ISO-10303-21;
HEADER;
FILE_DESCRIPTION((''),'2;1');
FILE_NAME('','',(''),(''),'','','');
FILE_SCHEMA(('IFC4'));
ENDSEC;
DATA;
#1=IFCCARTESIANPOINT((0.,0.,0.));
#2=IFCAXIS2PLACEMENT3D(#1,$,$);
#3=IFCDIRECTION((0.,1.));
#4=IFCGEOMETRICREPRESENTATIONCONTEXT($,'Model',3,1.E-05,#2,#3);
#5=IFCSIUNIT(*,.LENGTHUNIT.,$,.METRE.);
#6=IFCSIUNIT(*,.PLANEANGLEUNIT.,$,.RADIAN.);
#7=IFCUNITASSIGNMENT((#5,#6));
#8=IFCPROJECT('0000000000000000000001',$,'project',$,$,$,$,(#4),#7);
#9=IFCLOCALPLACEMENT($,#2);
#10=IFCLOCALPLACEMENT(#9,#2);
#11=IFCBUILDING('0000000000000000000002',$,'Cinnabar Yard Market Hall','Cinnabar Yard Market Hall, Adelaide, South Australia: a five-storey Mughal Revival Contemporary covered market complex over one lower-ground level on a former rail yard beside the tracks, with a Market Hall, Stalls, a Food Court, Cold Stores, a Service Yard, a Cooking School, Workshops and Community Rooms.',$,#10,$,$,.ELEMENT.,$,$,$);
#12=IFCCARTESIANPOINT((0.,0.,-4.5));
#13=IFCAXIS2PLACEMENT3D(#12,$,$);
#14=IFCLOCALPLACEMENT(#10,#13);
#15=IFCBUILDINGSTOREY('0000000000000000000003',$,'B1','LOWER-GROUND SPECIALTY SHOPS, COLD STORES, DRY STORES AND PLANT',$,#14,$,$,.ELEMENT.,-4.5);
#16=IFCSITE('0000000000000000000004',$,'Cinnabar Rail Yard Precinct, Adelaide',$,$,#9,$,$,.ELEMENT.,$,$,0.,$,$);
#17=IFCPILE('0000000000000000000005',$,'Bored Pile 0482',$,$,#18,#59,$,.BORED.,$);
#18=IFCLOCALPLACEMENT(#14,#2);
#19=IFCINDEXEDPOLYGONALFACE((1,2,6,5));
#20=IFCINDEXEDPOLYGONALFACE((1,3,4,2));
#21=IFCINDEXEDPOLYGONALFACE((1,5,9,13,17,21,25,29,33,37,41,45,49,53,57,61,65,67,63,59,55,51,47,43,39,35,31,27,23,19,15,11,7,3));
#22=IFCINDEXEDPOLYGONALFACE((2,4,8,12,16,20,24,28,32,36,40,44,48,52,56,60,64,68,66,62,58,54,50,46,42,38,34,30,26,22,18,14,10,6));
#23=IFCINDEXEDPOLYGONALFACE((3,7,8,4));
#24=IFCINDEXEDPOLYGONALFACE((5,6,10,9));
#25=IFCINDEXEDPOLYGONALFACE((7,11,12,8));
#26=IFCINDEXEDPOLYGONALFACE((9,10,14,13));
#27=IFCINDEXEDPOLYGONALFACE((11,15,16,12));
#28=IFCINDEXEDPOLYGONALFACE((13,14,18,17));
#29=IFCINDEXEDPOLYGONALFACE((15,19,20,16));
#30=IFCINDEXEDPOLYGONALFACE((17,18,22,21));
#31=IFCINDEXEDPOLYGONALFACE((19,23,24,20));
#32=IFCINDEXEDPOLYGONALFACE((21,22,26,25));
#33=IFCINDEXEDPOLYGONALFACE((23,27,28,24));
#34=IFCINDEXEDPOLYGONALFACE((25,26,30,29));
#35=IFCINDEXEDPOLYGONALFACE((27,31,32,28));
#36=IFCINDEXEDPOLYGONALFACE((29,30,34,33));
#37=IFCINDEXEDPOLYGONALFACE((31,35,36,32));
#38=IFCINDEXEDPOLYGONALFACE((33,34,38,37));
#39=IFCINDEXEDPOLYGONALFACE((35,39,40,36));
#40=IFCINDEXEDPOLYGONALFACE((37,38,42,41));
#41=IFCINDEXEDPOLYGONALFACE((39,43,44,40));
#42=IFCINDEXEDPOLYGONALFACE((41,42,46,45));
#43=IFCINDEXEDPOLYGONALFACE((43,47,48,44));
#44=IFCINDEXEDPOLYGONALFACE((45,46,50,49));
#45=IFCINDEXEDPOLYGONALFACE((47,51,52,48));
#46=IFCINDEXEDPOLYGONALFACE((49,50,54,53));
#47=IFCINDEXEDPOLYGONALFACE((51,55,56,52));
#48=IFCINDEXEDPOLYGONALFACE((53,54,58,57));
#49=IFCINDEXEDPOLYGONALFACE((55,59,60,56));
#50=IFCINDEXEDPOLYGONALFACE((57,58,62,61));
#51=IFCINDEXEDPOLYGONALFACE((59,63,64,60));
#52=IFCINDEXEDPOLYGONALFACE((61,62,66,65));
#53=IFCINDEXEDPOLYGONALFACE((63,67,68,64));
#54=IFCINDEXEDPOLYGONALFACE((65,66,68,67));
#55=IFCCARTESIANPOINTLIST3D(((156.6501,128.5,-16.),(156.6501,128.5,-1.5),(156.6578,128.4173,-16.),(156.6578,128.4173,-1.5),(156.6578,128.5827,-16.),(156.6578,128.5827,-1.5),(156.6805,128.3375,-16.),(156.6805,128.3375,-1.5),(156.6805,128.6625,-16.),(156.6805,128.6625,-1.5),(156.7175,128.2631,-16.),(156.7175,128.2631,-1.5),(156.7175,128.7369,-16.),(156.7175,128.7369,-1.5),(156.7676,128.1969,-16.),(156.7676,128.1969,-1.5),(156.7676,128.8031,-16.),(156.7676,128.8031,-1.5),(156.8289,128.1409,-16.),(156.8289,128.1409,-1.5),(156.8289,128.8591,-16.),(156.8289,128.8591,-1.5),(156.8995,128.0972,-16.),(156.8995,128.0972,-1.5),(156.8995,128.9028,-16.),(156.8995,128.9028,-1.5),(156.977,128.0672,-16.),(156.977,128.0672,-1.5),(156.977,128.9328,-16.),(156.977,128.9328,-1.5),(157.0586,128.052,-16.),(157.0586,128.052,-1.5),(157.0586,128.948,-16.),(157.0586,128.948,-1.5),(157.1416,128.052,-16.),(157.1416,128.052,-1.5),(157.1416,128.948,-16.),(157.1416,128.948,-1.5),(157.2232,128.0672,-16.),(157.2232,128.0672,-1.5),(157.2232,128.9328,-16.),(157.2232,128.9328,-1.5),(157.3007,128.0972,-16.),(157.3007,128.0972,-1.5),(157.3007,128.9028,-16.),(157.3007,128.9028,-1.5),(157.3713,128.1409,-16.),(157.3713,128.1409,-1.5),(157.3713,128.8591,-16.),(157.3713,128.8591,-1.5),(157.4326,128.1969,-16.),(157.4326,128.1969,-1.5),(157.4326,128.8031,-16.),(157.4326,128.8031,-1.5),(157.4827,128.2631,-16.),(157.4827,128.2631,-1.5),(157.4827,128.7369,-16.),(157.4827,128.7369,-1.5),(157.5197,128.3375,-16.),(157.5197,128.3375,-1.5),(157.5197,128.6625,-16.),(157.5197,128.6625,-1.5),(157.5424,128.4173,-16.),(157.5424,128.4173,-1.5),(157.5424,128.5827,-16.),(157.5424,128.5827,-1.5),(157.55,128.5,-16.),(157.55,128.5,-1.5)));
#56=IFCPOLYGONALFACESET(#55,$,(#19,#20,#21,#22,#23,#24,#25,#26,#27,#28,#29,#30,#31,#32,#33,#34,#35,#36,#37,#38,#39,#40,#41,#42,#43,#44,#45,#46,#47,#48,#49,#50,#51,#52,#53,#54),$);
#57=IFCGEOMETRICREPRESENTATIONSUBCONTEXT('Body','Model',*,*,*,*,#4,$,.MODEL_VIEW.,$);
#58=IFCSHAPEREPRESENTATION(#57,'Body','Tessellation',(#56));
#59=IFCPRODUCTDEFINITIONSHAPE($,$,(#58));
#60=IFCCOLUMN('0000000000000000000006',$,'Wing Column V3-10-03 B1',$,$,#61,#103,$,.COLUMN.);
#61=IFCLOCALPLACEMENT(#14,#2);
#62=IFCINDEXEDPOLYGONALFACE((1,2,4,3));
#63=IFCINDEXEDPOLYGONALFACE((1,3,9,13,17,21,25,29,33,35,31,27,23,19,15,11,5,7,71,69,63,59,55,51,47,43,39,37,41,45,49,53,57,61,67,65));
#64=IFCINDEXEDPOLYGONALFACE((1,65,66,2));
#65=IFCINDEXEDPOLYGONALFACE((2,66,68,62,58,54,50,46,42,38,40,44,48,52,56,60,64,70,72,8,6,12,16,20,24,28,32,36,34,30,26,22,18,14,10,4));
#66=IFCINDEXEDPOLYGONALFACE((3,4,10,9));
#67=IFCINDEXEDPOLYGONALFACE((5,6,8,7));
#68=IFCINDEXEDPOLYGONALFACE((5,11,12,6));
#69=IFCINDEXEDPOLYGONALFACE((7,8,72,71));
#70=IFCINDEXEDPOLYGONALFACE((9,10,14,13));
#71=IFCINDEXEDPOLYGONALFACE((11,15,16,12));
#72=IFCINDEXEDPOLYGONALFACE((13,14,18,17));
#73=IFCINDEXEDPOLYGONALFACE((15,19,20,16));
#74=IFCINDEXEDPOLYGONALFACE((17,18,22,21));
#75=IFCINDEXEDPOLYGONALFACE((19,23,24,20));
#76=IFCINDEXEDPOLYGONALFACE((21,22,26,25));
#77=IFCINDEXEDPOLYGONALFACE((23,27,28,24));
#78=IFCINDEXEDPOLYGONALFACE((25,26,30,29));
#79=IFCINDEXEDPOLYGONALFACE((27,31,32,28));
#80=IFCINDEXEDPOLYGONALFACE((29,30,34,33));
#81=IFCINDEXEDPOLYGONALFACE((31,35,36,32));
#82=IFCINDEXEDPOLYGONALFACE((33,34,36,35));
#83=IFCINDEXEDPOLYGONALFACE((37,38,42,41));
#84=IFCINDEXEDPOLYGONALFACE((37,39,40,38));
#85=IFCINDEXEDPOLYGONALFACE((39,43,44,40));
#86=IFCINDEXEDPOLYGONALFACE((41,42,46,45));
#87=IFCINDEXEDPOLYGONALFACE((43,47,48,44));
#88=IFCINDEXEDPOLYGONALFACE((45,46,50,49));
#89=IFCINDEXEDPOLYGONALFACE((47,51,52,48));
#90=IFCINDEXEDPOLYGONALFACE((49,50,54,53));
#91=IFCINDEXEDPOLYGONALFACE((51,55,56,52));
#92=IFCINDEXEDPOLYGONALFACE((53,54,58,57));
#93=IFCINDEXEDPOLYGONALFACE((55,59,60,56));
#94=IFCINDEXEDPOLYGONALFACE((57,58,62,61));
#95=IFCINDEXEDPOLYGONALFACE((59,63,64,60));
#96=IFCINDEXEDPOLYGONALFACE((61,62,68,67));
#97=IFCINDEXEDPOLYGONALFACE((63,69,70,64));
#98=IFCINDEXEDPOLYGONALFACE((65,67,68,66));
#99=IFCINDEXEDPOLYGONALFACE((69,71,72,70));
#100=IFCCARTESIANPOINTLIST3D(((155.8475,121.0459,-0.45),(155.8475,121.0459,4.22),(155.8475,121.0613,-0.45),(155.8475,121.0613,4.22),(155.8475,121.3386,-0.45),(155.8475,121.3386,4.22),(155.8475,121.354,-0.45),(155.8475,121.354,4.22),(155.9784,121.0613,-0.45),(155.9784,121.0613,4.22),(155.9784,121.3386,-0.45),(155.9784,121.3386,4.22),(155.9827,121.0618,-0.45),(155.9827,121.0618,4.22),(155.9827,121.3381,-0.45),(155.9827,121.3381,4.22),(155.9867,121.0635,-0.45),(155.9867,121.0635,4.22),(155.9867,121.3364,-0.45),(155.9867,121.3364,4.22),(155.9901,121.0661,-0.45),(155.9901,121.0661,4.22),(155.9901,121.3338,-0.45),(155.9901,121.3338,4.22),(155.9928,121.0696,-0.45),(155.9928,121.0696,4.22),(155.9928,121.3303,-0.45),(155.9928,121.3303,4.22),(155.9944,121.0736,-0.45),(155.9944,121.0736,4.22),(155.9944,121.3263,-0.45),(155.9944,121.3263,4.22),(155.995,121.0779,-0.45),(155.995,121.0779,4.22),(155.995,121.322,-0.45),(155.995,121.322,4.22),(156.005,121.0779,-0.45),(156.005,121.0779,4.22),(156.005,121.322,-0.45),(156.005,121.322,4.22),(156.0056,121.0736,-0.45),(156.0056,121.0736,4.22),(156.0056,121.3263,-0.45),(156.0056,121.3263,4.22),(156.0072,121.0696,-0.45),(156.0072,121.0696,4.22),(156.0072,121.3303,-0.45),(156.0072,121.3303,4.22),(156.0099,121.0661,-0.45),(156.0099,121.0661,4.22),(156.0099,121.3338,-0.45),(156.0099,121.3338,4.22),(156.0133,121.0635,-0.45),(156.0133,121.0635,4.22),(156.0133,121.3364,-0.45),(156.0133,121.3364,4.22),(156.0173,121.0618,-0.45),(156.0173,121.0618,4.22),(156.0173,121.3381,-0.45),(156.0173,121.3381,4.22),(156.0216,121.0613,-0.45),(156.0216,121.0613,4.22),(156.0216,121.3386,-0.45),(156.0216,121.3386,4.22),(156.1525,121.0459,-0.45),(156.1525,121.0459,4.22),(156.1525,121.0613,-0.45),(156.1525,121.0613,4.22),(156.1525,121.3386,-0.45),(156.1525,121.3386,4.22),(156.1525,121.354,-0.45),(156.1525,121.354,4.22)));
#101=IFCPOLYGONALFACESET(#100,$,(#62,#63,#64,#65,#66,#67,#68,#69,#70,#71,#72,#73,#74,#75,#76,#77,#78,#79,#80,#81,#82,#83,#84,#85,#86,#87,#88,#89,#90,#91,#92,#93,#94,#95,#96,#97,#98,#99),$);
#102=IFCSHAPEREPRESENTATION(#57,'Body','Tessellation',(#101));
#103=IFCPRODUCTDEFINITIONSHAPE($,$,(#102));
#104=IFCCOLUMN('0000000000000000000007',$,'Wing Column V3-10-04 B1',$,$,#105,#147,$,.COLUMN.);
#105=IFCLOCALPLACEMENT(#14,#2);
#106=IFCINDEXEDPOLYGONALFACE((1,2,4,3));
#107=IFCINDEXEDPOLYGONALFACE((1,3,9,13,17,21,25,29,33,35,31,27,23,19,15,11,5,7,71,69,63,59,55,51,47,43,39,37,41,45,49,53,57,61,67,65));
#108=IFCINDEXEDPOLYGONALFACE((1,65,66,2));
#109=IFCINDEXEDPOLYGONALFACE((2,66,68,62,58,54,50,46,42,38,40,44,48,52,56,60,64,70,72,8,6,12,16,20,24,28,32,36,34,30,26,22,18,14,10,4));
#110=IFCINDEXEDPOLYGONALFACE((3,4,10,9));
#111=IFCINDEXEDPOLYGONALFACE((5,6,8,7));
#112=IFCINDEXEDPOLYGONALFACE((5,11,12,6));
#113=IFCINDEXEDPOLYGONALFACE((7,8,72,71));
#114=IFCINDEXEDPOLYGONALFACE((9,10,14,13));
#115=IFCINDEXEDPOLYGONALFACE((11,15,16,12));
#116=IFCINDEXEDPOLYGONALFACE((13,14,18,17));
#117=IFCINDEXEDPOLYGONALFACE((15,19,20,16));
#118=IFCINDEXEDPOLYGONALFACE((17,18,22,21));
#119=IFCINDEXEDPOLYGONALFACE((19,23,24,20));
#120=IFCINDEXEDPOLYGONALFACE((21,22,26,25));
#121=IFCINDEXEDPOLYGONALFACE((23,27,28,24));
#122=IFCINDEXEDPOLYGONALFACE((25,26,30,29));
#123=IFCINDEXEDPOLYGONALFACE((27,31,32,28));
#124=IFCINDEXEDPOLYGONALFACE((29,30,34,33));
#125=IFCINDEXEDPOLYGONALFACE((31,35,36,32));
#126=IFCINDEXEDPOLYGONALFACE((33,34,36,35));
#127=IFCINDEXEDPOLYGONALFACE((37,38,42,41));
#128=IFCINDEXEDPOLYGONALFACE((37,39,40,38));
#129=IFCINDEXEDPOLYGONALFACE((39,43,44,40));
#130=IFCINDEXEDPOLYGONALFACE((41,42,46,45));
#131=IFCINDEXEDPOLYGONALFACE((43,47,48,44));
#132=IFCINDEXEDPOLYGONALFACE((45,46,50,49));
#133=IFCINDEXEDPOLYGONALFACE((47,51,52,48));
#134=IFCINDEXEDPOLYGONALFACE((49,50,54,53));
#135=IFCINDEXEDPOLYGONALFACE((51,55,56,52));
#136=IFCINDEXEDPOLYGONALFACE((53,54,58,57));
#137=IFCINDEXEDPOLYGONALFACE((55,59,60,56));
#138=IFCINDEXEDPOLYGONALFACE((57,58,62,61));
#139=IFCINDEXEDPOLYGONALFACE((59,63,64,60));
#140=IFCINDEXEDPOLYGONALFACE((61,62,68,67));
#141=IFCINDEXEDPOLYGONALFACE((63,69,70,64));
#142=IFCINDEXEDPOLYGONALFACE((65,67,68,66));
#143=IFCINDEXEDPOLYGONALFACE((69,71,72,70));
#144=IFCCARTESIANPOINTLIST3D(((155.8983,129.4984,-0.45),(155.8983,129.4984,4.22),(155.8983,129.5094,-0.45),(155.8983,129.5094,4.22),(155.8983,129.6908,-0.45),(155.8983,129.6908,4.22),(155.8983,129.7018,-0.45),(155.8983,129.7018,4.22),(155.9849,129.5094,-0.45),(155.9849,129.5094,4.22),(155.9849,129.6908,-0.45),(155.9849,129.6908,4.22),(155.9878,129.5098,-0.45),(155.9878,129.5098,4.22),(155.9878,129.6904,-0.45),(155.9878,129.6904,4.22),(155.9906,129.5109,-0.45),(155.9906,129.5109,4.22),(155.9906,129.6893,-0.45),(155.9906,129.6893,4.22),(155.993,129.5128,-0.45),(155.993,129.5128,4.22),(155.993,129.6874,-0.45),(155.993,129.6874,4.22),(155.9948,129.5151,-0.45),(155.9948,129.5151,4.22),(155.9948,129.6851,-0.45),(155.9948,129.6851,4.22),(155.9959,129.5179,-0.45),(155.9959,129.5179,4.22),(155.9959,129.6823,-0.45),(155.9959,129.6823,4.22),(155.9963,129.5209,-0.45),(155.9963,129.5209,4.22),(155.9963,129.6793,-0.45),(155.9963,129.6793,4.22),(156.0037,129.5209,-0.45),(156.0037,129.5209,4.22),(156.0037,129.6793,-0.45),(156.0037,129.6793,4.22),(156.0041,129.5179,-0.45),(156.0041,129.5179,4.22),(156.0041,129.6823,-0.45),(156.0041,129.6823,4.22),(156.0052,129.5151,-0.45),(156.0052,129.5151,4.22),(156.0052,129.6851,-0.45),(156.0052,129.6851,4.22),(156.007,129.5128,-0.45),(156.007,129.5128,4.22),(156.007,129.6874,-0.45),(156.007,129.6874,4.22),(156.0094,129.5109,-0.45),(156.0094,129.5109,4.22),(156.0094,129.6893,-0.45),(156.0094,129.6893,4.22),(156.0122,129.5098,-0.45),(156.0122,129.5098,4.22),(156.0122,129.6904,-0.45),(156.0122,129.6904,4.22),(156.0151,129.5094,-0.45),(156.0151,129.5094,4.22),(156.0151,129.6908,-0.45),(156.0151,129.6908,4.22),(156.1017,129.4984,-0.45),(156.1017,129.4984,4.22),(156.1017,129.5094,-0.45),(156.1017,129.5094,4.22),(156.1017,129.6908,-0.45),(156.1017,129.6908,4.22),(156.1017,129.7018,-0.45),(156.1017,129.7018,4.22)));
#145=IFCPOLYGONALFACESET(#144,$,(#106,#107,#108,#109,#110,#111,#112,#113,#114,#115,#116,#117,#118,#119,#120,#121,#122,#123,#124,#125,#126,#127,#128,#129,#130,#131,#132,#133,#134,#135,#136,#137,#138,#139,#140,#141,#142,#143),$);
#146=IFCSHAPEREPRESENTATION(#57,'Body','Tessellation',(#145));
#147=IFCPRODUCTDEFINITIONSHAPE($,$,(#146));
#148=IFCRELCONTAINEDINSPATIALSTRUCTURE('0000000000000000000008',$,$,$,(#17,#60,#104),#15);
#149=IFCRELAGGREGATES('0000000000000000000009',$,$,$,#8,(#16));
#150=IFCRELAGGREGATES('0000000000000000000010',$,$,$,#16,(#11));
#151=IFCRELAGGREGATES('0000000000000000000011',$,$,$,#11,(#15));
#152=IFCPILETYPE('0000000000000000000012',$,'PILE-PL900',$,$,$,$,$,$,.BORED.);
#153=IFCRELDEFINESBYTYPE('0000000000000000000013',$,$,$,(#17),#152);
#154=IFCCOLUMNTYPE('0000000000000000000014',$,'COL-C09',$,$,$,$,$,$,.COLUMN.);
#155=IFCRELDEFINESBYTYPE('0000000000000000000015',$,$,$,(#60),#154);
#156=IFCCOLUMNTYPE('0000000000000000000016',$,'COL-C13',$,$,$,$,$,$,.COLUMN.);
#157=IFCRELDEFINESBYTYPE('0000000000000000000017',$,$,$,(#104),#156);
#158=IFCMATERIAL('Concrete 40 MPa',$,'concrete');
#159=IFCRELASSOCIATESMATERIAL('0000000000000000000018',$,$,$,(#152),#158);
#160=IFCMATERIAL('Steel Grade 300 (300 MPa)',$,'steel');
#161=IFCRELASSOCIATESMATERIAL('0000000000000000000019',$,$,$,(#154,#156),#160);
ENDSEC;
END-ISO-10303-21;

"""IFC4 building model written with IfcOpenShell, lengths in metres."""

from ifc_helpers import new_model, si_unit, direction, frame, origin, origin_2d_with_axis, place, context, subcontext, project, spatial, circle, i_section, extrude, material, material_profile, profile_set, type_object, element, save


model = new_model("IFC4")

# Units and contexts
model_context = context("Model", 3, precision=1e-05, world=origin(), true_north=direction((0.0, 1.0)))
body_context = subcontext(model_context, "Body", "Model", "MODEL_VIEW")
ifc_project = project(units=[si_unit("LENGTHUNIT", "METRE"), si_unit("PLANEANGLEUNIT", "RADIAN")], contexts=[model_context])

# Site, building, storey
site_placement = place(None, origin())
site = spatial("IfcSite", under=ifc_project, at=site_placement, Name="Cinnabar Rail Yard Precinct, Adelaide", CompositionType="ELEMENT", RefElevation=0.0)
building_placement = place(site_placement, origin())
building = spatial("IfcBuilding", under=site, at=building_placement, Name="Cinnabar Yard Market Hall", Description="Cinnabar Yard Market Hall, Adelaide, South Australia: a five-storey Mughal Revival Contemporary covered market complex over one lower-ground level on a former rail yard beside the tracks, with a Market Hall, Stalls, a Food Court, Cold Stores, a Service Yard, a Cooking School, Workshops and Community Rooms.", CompositionType="ELEMENT")
storey_placement = place(building_placement, frame((0.0, 0.0, -4.5)))
storey = spatial("IfcBuildingStorey", under=building, at=storey_placement, Name="B1", Description="LOWER-GROUND SPECIALTY SHOPS, COLD STORES, DRY STORES AND PLANT", CompositionType="ELEMENT", Elevation=-4.5)

# Shared definitions
ifc_material_1 = material(Name="Concrete 40 MPa", Category="concrete")

# Pile
ifc_material_profile_1 = material_profile(ifc_material_1, circle(Radius=0.45, at=origin_2d_with_axis()), Name="PILE-D900")
ifc_profile_set_1 = profile_set([ifc_material_profile_1], Name="Concrete 40 MPa")
pile_type_1 = type_object("IfcPileType", Name="PILE-PL900", PredefinedType="BORED", material=ifc_profile_set_1)
for number, where, z_axis, x_axis, name in (
    (1, (157.1001, 128.5, -1.5), (0.0, 0.0, -1.0), (1.0, 0.0, 0.0), "Bored Pile 0482"),
):
    element("IfcPile", number, at=place(storey_placement, frame(where, z_axis=z_axis, x_axis=x_axis)), inside=storey, type_object=pile_type_1, Name=name, PredefinedType="BORED", context=body_context, shape_type="SweptSolid", body=[
        extrude(circle(Radius=0.45, at=origin_2d_with_axis()), origin(), (0.0, 0.0, 1.0), 14.5),
    ])

# Columns
ifc_material_2 = material(Name="Steel Grade 300 (300 MPa)", Category="steel")
ifc_material_profile_2 = material_profile(ifc_material_2, i_section(OverallWidth=0.3049, OverallDepth=0.3081, WebThickness=0.01, FlangeThickness=0.0154, FilletRadius=0.0166, at=origin_2d_with_axis()), Name="310UC96.8")
ifc_profile_set_2 = profile_set([ifc_material_profile_2], Name="Steel Grade 300 (300 MPa)")
column_type_1 = type_object("IfcColumnType", Name="COL-C09", PredefinedType="COLUMN", material=ifc_profile_set_2)
column_1_placement = place(storey_placement, frame((156.0, 121.2, -0.45), z_axis=(0.0, 0.0, 1.0), x_axis=(1.0, 0.0, 0.0)))
element("IfcColumn", 2, at=column_1_placement, inside=storey, type_object=column_type_1, Name="Wing Column V3-10-03 B1", PredefinedType="COLUMN", context=body_context, shape_type="SweptSolid", body=[
    extrude(i_section(OverallWidth=0.3049, OverallDepth=0.3081, WebThickness=0.01, FlangeThickness=0.0154, FilletRadius=0.0166, at=origin_2d_with_axis()), origin(), (0.0, 0.0, 1.0), 4.6699),
])
ifc_material_profile_3 = material_profile(ifc_material_2, i_section(OverallWidth=0.2034, OverallDepth=0.2034, WebThickness=0.0073, FlangeThickness=0.011, FilletRadius=0.0115, at=origin_2d_with_axis()), Name="200UC46.2")
ifc_profile_set_3 = profile_set([ifc_material_profile_3], Name="Steel Grade 300 (300 MPa)")
column_type_2 = type_object("IfcColumnType", Name="COL-C13", PredefinedType="COLUMN", material=ifc_profile_set_3)
column_2_placement = place(storey_placement, frame((156.0, 129.6001, -0.45), z_axis=(0.0, 0.0, 1.0), x_axis=(1.0, 0.0, 0.0)))
element("IfcColumn", 3, at=column_2_placement, inside=storey, type_object=column_type_2, Name="Wing Column V3-10-04 B1", PredefinedType="COLUMN", context=body_context, shape_type="SweptSolid", body=[
    extrude(i_section(OverallWidth=0.2034, OverallDepth=0.2034, WebThickness=0.0073, FlangeThickness=0.011, FilletRadius=0.0115, at=origin_2d_with_axis()), origin(), (0.0, 0.0, 1.0), 4.6699),
])

save(model, "model.ifc")
